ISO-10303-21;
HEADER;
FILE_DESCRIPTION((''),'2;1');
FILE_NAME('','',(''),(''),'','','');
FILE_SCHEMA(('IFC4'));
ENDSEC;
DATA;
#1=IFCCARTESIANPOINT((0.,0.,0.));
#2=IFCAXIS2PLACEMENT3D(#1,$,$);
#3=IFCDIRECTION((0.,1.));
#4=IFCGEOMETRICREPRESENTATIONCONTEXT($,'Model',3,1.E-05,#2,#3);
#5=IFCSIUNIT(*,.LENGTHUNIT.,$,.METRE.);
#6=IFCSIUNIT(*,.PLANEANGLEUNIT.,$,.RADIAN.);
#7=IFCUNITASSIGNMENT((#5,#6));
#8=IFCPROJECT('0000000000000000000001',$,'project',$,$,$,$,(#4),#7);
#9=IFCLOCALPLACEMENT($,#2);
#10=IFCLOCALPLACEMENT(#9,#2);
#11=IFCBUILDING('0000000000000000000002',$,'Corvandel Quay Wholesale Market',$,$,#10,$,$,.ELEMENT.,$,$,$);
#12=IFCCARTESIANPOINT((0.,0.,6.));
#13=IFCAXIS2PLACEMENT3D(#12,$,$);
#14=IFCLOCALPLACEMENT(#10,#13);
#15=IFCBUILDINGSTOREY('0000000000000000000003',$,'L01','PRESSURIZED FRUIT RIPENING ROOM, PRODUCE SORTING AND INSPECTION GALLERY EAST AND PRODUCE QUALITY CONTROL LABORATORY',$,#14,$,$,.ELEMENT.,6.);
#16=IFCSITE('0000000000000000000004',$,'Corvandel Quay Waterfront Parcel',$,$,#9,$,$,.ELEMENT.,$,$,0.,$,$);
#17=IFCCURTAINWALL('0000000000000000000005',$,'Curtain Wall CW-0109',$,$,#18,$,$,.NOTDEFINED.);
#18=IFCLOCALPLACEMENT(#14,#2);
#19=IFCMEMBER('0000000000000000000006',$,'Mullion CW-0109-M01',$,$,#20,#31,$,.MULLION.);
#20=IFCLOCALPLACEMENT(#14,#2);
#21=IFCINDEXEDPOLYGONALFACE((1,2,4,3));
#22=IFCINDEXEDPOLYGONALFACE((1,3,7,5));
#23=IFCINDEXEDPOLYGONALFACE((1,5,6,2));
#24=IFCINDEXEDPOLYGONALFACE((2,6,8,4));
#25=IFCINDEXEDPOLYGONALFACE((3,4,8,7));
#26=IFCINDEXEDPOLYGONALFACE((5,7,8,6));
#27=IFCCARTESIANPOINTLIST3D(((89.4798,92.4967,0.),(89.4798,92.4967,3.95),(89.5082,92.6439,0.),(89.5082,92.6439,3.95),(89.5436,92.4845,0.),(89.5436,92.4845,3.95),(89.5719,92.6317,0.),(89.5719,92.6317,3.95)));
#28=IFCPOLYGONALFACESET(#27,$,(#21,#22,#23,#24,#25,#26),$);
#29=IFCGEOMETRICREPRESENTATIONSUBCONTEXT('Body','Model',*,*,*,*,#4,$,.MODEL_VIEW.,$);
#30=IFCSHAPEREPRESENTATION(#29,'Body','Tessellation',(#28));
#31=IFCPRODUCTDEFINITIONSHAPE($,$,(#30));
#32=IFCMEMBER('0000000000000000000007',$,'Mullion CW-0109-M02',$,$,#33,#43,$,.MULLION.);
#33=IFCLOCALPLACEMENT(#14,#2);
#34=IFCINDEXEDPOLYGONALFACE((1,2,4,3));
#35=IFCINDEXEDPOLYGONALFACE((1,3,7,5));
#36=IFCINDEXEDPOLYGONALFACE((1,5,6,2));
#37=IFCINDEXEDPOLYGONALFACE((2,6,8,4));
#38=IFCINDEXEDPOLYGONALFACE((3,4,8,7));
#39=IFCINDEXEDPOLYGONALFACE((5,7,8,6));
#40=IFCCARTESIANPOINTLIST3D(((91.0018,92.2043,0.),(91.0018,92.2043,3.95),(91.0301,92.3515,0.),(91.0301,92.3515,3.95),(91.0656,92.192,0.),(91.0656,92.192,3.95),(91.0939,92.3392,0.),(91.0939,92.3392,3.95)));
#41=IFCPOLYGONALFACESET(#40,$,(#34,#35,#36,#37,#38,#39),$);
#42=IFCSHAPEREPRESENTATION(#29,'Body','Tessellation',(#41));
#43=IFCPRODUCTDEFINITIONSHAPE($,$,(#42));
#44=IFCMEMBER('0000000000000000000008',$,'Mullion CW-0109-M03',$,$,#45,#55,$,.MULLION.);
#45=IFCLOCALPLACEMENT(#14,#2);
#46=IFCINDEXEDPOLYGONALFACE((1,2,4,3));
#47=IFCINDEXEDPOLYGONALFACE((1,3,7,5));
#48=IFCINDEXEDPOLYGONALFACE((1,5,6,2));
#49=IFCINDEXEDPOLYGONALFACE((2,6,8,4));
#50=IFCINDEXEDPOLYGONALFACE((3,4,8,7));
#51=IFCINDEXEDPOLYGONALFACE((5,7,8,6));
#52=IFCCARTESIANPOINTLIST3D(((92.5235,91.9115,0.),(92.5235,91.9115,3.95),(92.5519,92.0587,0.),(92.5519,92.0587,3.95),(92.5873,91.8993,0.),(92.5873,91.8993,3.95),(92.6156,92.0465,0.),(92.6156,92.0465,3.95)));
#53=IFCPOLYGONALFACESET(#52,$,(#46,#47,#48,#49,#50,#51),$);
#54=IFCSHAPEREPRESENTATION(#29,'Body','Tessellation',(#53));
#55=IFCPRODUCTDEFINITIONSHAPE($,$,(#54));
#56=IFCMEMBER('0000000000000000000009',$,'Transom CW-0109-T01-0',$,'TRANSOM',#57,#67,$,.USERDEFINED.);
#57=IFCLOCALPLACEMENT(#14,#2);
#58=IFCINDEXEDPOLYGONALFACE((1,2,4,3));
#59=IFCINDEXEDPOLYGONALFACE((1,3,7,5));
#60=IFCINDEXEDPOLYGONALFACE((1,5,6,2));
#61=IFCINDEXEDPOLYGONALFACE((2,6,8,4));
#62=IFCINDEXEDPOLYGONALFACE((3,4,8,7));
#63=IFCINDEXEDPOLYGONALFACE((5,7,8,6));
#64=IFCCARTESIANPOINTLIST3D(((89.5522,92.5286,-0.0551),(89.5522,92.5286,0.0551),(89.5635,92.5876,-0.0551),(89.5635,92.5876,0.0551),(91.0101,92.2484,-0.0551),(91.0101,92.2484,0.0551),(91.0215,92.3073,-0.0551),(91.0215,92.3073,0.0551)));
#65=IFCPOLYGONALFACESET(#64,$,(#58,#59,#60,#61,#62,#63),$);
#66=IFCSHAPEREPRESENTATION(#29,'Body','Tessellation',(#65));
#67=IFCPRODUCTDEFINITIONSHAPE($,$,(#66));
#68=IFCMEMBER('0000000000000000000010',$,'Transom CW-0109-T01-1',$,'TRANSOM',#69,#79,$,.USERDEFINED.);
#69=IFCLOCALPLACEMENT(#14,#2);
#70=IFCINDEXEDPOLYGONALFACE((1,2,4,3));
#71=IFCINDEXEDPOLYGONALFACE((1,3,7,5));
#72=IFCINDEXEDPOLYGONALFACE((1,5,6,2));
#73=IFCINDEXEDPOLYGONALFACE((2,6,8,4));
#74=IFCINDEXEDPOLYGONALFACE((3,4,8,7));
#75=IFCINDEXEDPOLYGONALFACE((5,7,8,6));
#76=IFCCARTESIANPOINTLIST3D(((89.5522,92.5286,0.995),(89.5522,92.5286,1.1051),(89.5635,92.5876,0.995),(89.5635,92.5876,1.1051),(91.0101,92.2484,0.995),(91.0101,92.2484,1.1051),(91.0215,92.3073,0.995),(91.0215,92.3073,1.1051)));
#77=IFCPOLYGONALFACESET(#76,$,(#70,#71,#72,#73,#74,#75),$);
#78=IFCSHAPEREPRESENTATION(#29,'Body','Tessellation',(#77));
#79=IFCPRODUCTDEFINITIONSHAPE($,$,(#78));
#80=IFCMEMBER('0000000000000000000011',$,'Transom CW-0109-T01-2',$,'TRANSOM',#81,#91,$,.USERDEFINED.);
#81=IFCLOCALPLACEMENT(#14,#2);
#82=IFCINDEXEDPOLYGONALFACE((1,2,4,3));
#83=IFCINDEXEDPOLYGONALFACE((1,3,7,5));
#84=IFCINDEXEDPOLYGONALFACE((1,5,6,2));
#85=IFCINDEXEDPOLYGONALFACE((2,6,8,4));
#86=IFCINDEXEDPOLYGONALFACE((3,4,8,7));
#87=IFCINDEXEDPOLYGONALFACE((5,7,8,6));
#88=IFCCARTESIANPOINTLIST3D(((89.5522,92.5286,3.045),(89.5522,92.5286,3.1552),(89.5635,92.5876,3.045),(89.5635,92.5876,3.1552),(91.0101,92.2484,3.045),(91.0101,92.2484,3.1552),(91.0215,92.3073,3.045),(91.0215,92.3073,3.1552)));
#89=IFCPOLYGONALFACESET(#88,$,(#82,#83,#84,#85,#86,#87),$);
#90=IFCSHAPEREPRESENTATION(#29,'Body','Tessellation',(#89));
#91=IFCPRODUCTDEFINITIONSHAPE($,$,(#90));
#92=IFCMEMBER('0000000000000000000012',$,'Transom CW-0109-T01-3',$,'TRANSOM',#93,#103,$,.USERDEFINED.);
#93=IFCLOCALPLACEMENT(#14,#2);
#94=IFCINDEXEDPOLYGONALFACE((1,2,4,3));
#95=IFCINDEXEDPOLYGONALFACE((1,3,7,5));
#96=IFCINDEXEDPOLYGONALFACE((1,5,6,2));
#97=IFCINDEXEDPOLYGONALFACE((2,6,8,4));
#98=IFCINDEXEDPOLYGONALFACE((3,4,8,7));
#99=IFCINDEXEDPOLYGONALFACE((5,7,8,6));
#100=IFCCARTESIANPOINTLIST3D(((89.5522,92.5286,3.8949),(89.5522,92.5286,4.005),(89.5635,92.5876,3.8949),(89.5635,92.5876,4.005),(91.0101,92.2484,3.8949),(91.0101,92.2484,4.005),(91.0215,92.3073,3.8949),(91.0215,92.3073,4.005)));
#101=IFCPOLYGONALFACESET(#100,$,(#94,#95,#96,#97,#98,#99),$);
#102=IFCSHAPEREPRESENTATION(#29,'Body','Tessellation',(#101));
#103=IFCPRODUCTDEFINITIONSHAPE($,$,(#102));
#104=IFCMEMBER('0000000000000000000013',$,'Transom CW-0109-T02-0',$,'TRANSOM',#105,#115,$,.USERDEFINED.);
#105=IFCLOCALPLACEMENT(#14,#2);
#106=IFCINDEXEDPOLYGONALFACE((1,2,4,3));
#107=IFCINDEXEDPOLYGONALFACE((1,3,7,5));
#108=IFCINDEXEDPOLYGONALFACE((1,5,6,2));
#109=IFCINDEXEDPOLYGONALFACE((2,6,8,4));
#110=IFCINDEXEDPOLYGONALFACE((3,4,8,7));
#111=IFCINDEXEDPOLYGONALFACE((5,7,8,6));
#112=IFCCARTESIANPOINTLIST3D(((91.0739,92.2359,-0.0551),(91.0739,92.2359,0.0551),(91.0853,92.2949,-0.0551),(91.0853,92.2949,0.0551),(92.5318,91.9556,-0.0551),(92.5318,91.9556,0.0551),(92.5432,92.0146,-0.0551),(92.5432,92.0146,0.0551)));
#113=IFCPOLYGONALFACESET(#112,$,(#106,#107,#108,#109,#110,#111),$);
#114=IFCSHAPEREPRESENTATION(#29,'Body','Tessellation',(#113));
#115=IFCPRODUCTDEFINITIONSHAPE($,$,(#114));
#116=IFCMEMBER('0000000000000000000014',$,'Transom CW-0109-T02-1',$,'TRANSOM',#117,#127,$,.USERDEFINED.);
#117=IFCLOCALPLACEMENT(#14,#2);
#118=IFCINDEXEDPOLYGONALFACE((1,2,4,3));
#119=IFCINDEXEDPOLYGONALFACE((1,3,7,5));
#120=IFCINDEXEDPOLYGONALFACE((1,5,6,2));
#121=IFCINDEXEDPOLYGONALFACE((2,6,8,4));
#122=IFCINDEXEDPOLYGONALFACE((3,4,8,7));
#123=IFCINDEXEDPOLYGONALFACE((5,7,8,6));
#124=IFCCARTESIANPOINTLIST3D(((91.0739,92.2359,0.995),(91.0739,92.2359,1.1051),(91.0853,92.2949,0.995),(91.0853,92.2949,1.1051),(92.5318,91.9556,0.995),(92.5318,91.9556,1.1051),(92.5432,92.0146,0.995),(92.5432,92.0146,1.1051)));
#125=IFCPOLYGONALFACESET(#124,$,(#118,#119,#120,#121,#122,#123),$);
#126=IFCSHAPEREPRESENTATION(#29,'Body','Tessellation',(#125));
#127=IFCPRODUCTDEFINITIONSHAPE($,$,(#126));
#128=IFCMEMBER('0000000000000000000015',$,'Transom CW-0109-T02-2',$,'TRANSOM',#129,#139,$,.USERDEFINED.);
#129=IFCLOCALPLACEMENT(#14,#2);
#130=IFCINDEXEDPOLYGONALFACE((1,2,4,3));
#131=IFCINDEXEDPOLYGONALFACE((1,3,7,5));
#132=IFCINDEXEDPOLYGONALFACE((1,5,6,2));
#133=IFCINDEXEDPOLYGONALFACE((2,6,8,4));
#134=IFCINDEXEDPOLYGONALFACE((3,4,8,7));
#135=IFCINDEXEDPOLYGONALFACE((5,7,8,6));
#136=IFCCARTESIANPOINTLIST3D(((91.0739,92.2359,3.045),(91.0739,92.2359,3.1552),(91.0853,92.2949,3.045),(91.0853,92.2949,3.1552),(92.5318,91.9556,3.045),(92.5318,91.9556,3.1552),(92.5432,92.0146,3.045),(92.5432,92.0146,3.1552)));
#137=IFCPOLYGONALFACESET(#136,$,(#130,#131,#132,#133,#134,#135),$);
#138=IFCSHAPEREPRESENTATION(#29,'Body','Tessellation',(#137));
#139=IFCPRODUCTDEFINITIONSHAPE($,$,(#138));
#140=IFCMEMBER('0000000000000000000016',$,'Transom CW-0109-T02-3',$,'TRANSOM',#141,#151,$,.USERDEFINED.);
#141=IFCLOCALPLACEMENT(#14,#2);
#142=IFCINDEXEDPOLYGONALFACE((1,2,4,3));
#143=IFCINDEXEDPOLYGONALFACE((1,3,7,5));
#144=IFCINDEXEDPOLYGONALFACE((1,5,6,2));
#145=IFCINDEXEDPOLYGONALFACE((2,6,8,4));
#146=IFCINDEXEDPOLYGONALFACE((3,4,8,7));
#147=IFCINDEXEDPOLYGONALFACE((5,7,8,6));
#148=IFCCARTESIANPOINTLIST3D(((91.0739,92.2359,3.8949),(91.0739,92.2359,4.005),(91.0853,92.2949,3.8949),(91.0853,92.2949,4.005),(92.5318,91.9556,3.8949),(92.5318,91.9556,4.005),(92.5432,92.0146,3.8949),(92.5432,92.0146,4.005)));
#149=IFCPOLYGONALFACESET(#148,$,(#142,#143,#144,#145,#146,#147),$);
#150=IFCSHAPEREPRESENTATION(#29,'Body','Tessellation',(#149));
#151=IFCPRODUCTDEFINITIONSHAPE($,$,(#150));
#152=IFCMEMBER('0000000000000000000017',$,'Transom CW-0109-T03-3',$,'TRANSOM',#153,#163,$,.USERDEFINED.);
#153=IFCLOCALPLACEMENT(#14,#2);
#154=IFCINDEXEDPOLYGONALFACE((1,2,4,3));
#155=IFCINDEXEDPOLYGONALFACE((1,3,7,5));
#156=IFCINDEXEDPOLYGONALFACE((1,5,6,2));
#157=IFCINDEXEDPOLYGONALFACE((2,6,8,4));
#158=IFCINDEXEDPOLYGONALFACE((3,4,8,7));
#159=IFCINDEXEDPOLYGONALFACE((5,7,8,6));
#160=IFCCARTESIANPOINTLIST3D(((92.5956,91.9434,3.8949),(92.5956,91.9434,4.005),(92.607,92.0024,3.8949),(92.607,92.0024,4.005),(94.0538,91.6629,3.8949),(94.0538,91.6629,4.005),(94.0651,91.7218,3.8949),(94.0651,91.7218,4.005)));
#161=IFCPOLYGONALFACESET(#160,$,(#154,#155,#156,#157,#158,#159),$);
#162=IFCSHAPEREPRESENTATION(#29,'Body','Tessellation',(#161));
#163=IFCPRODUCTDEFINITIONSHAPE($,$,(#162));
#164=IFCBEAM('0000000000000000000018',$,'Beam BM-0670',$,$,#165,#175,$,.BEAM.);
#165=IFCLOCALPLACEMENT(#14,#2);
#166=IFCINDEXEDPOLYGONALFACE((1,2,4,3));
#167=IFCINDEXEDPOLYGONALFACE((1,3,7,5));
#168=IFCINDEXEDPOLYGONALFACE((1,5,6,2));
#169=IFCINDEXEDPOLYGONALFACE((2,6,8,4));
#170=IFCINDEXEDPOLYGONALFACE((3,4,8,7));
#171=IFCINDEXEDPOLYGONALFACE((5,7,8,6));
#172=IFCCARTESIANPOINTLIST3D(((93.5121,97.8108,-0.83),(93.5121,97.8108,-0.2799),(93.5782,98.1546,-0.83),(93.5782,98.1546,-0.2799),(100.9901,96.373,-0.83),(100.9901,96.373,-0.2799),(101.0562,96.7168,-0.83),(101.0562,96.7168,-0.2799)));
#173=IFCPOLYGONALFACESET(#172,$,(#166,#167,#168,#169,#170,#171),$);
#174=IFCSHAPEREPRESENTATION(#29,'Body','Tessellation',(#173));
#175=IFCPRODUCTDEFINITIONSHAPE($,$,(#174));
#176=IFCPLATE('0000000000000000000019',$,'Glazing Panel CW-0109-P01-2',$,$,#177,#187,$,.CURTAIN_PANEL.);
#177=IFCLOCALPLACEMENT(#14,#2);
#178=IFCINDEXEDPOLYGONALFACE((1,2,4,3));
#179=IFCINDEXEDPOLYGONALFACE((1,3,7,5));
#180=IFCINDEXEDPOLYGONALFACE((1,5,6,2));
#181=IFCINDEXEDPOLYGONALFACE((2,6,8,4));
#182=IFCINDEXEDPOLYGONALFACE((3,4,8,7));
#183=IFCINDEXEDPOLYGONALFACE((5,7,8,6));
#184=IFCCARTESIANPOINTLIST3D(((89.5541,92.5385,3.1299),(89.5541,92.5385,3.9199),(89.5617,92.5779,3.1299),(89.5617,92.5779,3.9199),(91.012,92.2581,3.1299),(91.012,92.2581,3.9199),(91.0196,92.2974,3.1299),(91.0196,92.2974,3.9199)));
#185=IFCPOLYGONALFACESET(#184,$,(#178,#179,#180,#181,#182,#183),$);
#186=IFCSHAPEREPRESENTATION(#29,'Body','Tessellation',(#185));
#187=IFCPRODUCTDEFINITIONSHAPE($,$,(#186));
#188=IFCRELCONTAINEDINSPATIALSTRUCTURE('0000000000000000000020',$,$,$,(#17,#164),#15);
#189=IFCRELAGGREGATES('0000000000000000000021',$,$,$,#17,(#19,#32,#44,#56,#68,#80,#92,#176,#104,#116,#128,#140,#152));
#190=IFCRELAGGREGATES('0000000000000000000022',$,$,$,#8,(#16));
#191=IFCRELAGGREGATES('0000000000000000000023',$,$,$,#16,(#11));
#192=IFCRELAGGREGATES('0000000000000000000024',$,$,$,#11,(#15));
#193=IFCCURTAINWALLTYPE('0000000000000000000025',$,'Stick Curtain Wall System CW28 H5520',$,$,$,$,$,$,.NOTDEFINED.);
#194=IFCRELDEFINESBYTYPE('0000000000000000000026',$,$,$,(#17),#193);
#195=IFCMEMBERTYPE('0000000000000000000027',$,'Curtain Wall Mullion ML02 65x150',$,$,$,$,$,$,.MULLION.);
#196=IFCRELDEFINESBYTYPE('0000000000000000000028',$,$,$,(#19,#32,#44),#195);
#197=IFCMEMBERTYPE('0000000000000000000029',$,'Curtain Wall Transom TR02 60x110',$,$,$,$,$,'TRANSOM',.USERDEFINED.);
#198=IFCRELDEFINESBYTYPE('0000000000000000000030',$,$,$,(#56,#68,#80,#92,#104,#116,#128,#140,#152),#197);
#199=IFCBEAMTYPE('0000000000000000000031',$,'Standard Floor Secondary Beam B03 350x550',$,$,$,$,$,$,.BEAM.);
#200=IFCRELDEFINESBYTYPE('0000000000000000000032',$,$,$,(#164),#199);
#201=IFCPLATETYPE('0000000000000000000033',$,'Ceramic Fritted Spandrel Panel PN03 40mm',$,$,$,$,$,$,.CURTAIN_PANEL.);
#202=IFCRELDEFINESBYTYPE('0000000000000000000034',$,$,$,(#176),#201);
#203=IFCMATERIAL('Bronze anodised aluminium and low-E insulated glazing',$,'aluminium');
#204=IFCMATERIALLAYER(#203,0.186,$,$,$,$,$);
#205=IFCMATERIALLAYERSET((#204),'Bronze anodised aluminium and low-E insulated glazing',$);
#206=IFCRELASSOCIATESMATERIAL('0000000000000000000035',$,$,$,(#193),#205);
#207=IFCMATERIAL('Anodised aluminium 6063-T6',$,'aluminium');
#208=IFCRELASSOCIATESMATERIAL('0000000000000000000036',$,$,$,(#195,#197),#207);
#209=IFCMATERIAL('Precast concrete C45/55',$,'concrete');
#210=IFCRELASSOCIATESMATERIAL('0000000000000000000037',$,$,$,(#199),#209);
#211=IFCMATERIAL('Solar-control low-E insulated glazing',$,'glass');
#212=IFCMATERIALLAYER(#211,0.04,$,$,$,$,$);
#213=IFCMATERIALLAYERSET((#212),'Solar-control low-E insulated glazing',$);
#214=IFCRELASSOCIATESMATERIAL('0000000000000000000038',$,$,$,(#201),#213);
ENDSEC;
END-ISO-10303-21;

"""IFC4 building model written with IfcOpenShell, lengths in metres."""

from ifc_helpers import new_model, si_unit, direction, frame, origin, origin_2d, place, context, subcontext, project, spatial, rectangle, extrude, material, layer, layer_set, material_profile, profile_set, type_object, element, aggregate, save


model = new_model("IFC4")

# Units and contexts
model_context = context("Model", 3, precision=1e-05, world=origin(), true_north=direction((0.0, 1.0)))
body_context = subcontext(model_context, "Body", "Model", "MODEL_VIEW")
ifc_project = project(units=[si_unit("LENGTHUNIT", "METRE"), si_unit("PLANEANGLEUNIT", "RADIAN")], contexts=[model_context])

# Site, building, storey
site_placement = place(None, origin())
site = spatial("IfcSite", under=ifc_project, at=site_placement, Name="Corvandel Quay Waterfront Parcel", CompositionType="ELEMENT", RefElevation=0.0)
building_placement = place(site_placement, origin())
building = spatial("IfcBuilding", under=site, at=building_placement, Name="Corvandel Quay Wholesale Market", CompositionType="ELEMENT")
storey_placement = place(building_placement, frame((0.0, 0.0, 6.0)))
storey = spatial("IfcBuildingStorey", under=building, at=storey_placement, Name="L01", Description="PRESSURIZED FRUIT RIPENING ROOM, PRODUCE SORTING AND INSPECTION GALLERY EAST AND PRODUCE QUALITY CONTROL LABORATORY", CompositionType="ELEMENT", Elevation=6.0)

# Curtain wall, members
ifc_material_1 = material(Name="Bronze anodised aluminium and low-E insulated glazing", Category="aluminium")
ifc_layer_1 = layer(ifc_material_1, 0.186)
ifc_layer_set_1 = layer_set([ifc_layer_1], Name="Bronze anodised aluminium and low-E insulated glazing")
curtain_wall_type = type_object("IfcCurtainWallType", Name="Stick Curtain Wall System CW28 H5520", PredefinedType="NOTDEFINED", material=ifc_layer_set_1)
curtain_wall_placement = place(storey_placement, origin())
curtain_wall = element("IfcCurtainWall", 1, at=curtain_wall_placement, inside=storey, type_object=curtain_wall_type, Name="Curtain Wall CW-0109", PredefinedType="NOTDEFINED")
ifc_material_2 = material(Name="Anodised aluminium 6063-T6", Category="aluminium")
ifc_material_profile_1 = material_profile(ifc_material_2, rectangle(XDim=0.0649, YDim=0.1499, at=origin_2d()), Name="ALU-MUL-65x150")
ifc_profile_set_1 = profile_set([ifc_material_profile_1], Name="Anodised aluminium 6063-T6")
member_type_1 = type_object("IfcMemberType", Name="Curtain Wall Mullion ML02 65x150", PredefinedType="MULLION", material=ifc_profile_set_1)
member_1_placement = place(storey_placement, frame((89.5259, 92.5642, 0.0), z_axis=(0.0, 0.0, 1.0), x_axis=(-0.981992, 0.188924, 0.0)))
member_1 = element("IfcMember", 2, at=member_1_placement, type_object=member_type_1, Name="Mullion CW-0109-M01", PredefinedType="MULLION", context=body_context, shape_type="SweptSolid", body=[
    extrude(rectangle(XDim=0.0649, YDim=0.1499, at=origin_2d()), origin(), (0.0, 0.0, 1.0), 3.95),
])
member_2_placement = place(storey_placement, frame((91.0479, 92.2717, 0.0), z_axis=(0.0, 0.0, 1.0), x_axis=(-0.981992, 0.188924, 0.0)))
member_2 = element("IfcMember", 3, at=member_2_placement, type_object=member_type_1, Name="Mullion CW-0109-M02", PredefinedType="MULLION", context=body_context, shape_type="SweptSolid", body=[
    extrude(rectangle(XDim=0.0649, YDim=0.1499, at=origin_2d()), origin(), (0.0, 0.0, 1.0), 3.95),
])
member_3_placement = place(storey_placement, frame((92.5696, 91.979, 0.0), z_axis=(0.0, 0.0, 1.0), x_axis=(-0.981992, 0.188924, 0.0)))
member_3 = element("IfcMember", 4, at=member_3_placement, type_object=member_type_1, Name="Mullion CW-0109-M03", PredefinedType="MULLION", context=body_context, shape_type="SweptSolid", body=[
    extrude(rectangle(XDim=0.0649, YDim=0.1499, at=origin_2d()), origin(), (0.0, 0.0, 1.0), 3.95),
])
ifc_material_profile_2 = material_profile(ifc_material_2, rectangle(XDim=0.0601, YDim=0.1101, at=origin_2d()), Name="ALU-TRN-60x110")
ifc_profile_set_2 = profile_set([ifc_material_profile_2], Name="Anodised aluminium 6063-T6")
member_type_2 = type_object("IfcMemberType", Name="Curtain Wall Transom TR02 60x110", ElementType="TRANSOM", PredefinedType="USERDEFINED", material=ifc_profile_set_2)
member_4_placement = place(storey_placement, frame((89.5579, 92.5581, 0.0), z_axis=(0.982021, -0.188774, 0.0), x_axis=(0.188774, 0.982021, 0.0)))
member_4 = element("IfcMember", 5, at=member_4_placement, type_object=member_type_2, Name="Transom CW-0109-T01-0", ObjectType="TRANSOM", PredefinedType="USERDEFINED", context=body_context, shape_type="SweptSolid", body=[
    extrude(rectangle(XDim=0.0601, YDim=0.1101, at=origin_2d()), origin(), (0.0, 0.0, 1.0), 1.4846),
])
member_5_placement = place(storey_placement, frame((89.5579, 92.5581, 1.05), z_axis=(0.982021, -0.188774, 0.0), x_axis=(0.188774, 0.982021, 0.0)))
member_5 = element("IfcMember", 6, at=member_5_placement, type_object=member_type_2, Name="Transom CW-0109-T01-1", ObjectType="TRANSOM", PredefinedType="USERDEFINED", context=body_context, shape_type="SweptSolid", body=[
    extrude(rectangle(XDim=0.0601, YDim=0.1101, at=origin_2d()), origin(), (0.0, 0.0, 1.0), 1.4846),
])
member_6_placement = place(storey_placement, frame((89.5579, 92.5581, 3.1001), z_axis=(0.982021, -0.188774, 0.0), x_axis=(0.188774, 0.982021, 0.0)))
member_6 = element("IfcMember", 7, at=member_6_placement, type_object=member_type_2, Name="Transom CW-0109-T01-2", ObjectType="TRANSOM", PredefinedType="USERDEFINED", context=body_context, shape_type="SweptSolid", body=[
    extrude(rectangle(XDim=0.0601, YDim=0.1101, at=origin_2d()), origin(), (0.0, 0.0, 1.0), 1.4846),
])
member_7_placement = place(storey_placement, frame((89.5579, 92.5581, 3.95), z_axis=(0.982021, -0.188774, 0.0), x_axis=(0.188774, 0.982021, 0.0)))
member_7 = element("IfcMember", 8, at=member_7_placement, type_object=member_type_2, Name="Transom CW-0109-T01-3", ObjectType="TRANSOM", PredefinedType="USERDEFINED", context=body_context, shape_type="SweptSolid", body=[
    extrude(rectangle(XDim=0.0601, YDim=0.1101, at=origin_2d()), origin(), (0.0, 0.0, 1.0), 1.4846),
])
member_8_placement = place(storey_placement, frame((91.0796, 92.2654, 0.0), z_axis=(0.982021, -0.188774, 0.0), x_axis=(0.188774, 0.982021, 0.0)))
member_8 = element("IfcMember", 9, at=member_8_placement, type_object=member_type_2, Name="Transom CW-0109-T02-0", ObjectType="TRANSOM", PredefinedType="USERDEFINED", context=body_context, shape_type="SweptSolid", body=[
    extrude(rectangle(XDim=0.0601, YDim=0.1101, at=origin_2d()), origin(), (0.0, 0.0, 1.0), 1.4846),
])
member_9_placement = place(storey_placement, frame((91.0796, 92.2654, 1.05), z_axis=(0.982021, -0.188774, 0.0), x_axis=(0.188774, 0.982021, 0.0)))
member_9 = element("IfcMember", 10, at=member_9_placement, type_object=member_type_2, Name="Transom CW-0109-T02-1", ObjectType="TRANSOM", PredefinedType="USERDEFINED", context=body_context, shape_type="SweptSolid", body=[
    extrude(rectangle(XDim=0.0601, YDim=0.1101, at=origin_2d()), origin(), (0.0, 0.0, 1.0), 1.4846),
])
member_10_placement = place(storey_placement, frame((91.0796, 92.2654, 3.1001), z_axis=(0.982021, -0.188774, 0.0), x_axis=(0.188774, 0.982021, 0.0)))
member_10 = element("IfcMember", 11, at=member_10_placement, type_object=member_type_2, Name="Transom CW-0109-T02-2", ObjectType="TRANSOM", PredefinedType="USERDEFINED", context=body_context, shape_type="SweptSolid", body=[
    extrude(rectangle(XDim=0.0601, YDim=0.1101, at=origin_2d()), origin(), (0.0, 0.0, 1.0), 1.4846),
])
member_11_placement = place(storey_placement, frame((91.0796, 92.2654, 3.95), z_axis=(0.982021, -0.188774, 0.0), x_axis=(0.188774, 0.982021, 0.0)))
member_11 = element("IfcMember", 12, at=member_11_placement, type_object=member_type_2, Name="Transom CW-0109-T02-3", ObjectType="TRANSOM", PredefinedType="USERDEFINED", context=body_context, shape_type="SweptSolid", body=[
    extrude(rectangle(XDim=0.0601, YDim=0.1101, at=origin_2d()), origin(), (0.0, 0.0, 1.0), 1.4846),
])
member_12_placement = place(storey_placement, frame((92.6013, 91.9729, 3.95), z_axis=(0.98199, -0.188933, 0.0), x_axis=(0.188933, 0.98199, 0.0)))
member_12 = element("IfcMember", 13, at=member_12_placement, type_object=member_type_2, Name="Transom CW-0109-T03-3", ObjectType="TRANSOM", PredefinedType="USERDEFINED", context=body_context, shape_type="SweptSolid", body=[
    extrude(rectangle(XDim=0.0601, YDim=0.1101, at=origin_2d()), origin(), (0.0, 0.0, 1.0), 1.4849),
])

# Beam
ifc_material_3 = material(Name="Precast concrete C45/55", Category="concrete")
ifc_material_profile_3 = material_profile(ifc_material_3, rectangle(XDim=0.3501, YDim=0.55, at=origin_2d()), Name="PC-BM-350x550")
ifc_profile_set_3 = profile_set([ifc_material_profile_3], Name="Precast concrete C45/55")
beam_type = type_object("IfcBeamType", Name="Standard Floor Secondary Beam B03 350x550", PredefinedType="BEAM", material=ifc_profile_set_3)
beam_placement = place(storey_placement, frame((93.5452, 97.9827, -0.5549), z_axis=(0.982015, -0.188805, 0.0), x_axis=(0.188805, 0.982015, 0.0)))
element("IfcBeam", 14, at=beam_placement, inside=storey, type_object=beam_type, Name="Beam BM-0670", PredefinedType="BEAM", context=body_context, shape_type="SweptSolid", body=[
    extrude(rectangle(XDim=0.3501, YDim=0.55, at=origin_2d()), origin(), (0.0, 0.0, 1.0), 7.615),
])

# Plate
ifc_material_4 = material(Name="Solar-control low-E insulated glazing", Category="glass")
ifc_layer_2 = layer(ifc_material_4, 0.04)
ifc_layer_set_2 = layer_set([ifc_layer_2], Name="Solar-control low-E insulated glazing")
plate_type_1 = type_object("IfcPlateType", Name="Ceramic Fritted Spandrel Panel PN03 40mm", PredefinedType="CURTAIN_PANEL", material=ifc_layer_set_2)
plate_1_placement = place(storey_placement, frame((90.2869, 92.418, 3.1299), z_axis=(0.0, 0.0, 1.0), x_axis=(-0.981992, 0.188924, 0.0)))
plate_1 = element("IfcPlate", 15, at=plate_1_placement, type_object=plate_type_1, Name="Glazing Panel CW-0109-P01-2", PredefinedType="CURTAIN_PANEL", context=body_context, shape_type="SweptSolid", body=[
    extrude(rectangle(XDim=1.4846, YDim=0.04, at=origin_2d()), origin(), (0.0, 0.0, 1.0), 0.79),
])
aggregate(curtain_wall, [member_1, member_2, member_3, member_4, member_5, member_6, member_7, plate_1, member_8, member_9, member_10, member_11, member_12])

save(model, "model.ifc")
